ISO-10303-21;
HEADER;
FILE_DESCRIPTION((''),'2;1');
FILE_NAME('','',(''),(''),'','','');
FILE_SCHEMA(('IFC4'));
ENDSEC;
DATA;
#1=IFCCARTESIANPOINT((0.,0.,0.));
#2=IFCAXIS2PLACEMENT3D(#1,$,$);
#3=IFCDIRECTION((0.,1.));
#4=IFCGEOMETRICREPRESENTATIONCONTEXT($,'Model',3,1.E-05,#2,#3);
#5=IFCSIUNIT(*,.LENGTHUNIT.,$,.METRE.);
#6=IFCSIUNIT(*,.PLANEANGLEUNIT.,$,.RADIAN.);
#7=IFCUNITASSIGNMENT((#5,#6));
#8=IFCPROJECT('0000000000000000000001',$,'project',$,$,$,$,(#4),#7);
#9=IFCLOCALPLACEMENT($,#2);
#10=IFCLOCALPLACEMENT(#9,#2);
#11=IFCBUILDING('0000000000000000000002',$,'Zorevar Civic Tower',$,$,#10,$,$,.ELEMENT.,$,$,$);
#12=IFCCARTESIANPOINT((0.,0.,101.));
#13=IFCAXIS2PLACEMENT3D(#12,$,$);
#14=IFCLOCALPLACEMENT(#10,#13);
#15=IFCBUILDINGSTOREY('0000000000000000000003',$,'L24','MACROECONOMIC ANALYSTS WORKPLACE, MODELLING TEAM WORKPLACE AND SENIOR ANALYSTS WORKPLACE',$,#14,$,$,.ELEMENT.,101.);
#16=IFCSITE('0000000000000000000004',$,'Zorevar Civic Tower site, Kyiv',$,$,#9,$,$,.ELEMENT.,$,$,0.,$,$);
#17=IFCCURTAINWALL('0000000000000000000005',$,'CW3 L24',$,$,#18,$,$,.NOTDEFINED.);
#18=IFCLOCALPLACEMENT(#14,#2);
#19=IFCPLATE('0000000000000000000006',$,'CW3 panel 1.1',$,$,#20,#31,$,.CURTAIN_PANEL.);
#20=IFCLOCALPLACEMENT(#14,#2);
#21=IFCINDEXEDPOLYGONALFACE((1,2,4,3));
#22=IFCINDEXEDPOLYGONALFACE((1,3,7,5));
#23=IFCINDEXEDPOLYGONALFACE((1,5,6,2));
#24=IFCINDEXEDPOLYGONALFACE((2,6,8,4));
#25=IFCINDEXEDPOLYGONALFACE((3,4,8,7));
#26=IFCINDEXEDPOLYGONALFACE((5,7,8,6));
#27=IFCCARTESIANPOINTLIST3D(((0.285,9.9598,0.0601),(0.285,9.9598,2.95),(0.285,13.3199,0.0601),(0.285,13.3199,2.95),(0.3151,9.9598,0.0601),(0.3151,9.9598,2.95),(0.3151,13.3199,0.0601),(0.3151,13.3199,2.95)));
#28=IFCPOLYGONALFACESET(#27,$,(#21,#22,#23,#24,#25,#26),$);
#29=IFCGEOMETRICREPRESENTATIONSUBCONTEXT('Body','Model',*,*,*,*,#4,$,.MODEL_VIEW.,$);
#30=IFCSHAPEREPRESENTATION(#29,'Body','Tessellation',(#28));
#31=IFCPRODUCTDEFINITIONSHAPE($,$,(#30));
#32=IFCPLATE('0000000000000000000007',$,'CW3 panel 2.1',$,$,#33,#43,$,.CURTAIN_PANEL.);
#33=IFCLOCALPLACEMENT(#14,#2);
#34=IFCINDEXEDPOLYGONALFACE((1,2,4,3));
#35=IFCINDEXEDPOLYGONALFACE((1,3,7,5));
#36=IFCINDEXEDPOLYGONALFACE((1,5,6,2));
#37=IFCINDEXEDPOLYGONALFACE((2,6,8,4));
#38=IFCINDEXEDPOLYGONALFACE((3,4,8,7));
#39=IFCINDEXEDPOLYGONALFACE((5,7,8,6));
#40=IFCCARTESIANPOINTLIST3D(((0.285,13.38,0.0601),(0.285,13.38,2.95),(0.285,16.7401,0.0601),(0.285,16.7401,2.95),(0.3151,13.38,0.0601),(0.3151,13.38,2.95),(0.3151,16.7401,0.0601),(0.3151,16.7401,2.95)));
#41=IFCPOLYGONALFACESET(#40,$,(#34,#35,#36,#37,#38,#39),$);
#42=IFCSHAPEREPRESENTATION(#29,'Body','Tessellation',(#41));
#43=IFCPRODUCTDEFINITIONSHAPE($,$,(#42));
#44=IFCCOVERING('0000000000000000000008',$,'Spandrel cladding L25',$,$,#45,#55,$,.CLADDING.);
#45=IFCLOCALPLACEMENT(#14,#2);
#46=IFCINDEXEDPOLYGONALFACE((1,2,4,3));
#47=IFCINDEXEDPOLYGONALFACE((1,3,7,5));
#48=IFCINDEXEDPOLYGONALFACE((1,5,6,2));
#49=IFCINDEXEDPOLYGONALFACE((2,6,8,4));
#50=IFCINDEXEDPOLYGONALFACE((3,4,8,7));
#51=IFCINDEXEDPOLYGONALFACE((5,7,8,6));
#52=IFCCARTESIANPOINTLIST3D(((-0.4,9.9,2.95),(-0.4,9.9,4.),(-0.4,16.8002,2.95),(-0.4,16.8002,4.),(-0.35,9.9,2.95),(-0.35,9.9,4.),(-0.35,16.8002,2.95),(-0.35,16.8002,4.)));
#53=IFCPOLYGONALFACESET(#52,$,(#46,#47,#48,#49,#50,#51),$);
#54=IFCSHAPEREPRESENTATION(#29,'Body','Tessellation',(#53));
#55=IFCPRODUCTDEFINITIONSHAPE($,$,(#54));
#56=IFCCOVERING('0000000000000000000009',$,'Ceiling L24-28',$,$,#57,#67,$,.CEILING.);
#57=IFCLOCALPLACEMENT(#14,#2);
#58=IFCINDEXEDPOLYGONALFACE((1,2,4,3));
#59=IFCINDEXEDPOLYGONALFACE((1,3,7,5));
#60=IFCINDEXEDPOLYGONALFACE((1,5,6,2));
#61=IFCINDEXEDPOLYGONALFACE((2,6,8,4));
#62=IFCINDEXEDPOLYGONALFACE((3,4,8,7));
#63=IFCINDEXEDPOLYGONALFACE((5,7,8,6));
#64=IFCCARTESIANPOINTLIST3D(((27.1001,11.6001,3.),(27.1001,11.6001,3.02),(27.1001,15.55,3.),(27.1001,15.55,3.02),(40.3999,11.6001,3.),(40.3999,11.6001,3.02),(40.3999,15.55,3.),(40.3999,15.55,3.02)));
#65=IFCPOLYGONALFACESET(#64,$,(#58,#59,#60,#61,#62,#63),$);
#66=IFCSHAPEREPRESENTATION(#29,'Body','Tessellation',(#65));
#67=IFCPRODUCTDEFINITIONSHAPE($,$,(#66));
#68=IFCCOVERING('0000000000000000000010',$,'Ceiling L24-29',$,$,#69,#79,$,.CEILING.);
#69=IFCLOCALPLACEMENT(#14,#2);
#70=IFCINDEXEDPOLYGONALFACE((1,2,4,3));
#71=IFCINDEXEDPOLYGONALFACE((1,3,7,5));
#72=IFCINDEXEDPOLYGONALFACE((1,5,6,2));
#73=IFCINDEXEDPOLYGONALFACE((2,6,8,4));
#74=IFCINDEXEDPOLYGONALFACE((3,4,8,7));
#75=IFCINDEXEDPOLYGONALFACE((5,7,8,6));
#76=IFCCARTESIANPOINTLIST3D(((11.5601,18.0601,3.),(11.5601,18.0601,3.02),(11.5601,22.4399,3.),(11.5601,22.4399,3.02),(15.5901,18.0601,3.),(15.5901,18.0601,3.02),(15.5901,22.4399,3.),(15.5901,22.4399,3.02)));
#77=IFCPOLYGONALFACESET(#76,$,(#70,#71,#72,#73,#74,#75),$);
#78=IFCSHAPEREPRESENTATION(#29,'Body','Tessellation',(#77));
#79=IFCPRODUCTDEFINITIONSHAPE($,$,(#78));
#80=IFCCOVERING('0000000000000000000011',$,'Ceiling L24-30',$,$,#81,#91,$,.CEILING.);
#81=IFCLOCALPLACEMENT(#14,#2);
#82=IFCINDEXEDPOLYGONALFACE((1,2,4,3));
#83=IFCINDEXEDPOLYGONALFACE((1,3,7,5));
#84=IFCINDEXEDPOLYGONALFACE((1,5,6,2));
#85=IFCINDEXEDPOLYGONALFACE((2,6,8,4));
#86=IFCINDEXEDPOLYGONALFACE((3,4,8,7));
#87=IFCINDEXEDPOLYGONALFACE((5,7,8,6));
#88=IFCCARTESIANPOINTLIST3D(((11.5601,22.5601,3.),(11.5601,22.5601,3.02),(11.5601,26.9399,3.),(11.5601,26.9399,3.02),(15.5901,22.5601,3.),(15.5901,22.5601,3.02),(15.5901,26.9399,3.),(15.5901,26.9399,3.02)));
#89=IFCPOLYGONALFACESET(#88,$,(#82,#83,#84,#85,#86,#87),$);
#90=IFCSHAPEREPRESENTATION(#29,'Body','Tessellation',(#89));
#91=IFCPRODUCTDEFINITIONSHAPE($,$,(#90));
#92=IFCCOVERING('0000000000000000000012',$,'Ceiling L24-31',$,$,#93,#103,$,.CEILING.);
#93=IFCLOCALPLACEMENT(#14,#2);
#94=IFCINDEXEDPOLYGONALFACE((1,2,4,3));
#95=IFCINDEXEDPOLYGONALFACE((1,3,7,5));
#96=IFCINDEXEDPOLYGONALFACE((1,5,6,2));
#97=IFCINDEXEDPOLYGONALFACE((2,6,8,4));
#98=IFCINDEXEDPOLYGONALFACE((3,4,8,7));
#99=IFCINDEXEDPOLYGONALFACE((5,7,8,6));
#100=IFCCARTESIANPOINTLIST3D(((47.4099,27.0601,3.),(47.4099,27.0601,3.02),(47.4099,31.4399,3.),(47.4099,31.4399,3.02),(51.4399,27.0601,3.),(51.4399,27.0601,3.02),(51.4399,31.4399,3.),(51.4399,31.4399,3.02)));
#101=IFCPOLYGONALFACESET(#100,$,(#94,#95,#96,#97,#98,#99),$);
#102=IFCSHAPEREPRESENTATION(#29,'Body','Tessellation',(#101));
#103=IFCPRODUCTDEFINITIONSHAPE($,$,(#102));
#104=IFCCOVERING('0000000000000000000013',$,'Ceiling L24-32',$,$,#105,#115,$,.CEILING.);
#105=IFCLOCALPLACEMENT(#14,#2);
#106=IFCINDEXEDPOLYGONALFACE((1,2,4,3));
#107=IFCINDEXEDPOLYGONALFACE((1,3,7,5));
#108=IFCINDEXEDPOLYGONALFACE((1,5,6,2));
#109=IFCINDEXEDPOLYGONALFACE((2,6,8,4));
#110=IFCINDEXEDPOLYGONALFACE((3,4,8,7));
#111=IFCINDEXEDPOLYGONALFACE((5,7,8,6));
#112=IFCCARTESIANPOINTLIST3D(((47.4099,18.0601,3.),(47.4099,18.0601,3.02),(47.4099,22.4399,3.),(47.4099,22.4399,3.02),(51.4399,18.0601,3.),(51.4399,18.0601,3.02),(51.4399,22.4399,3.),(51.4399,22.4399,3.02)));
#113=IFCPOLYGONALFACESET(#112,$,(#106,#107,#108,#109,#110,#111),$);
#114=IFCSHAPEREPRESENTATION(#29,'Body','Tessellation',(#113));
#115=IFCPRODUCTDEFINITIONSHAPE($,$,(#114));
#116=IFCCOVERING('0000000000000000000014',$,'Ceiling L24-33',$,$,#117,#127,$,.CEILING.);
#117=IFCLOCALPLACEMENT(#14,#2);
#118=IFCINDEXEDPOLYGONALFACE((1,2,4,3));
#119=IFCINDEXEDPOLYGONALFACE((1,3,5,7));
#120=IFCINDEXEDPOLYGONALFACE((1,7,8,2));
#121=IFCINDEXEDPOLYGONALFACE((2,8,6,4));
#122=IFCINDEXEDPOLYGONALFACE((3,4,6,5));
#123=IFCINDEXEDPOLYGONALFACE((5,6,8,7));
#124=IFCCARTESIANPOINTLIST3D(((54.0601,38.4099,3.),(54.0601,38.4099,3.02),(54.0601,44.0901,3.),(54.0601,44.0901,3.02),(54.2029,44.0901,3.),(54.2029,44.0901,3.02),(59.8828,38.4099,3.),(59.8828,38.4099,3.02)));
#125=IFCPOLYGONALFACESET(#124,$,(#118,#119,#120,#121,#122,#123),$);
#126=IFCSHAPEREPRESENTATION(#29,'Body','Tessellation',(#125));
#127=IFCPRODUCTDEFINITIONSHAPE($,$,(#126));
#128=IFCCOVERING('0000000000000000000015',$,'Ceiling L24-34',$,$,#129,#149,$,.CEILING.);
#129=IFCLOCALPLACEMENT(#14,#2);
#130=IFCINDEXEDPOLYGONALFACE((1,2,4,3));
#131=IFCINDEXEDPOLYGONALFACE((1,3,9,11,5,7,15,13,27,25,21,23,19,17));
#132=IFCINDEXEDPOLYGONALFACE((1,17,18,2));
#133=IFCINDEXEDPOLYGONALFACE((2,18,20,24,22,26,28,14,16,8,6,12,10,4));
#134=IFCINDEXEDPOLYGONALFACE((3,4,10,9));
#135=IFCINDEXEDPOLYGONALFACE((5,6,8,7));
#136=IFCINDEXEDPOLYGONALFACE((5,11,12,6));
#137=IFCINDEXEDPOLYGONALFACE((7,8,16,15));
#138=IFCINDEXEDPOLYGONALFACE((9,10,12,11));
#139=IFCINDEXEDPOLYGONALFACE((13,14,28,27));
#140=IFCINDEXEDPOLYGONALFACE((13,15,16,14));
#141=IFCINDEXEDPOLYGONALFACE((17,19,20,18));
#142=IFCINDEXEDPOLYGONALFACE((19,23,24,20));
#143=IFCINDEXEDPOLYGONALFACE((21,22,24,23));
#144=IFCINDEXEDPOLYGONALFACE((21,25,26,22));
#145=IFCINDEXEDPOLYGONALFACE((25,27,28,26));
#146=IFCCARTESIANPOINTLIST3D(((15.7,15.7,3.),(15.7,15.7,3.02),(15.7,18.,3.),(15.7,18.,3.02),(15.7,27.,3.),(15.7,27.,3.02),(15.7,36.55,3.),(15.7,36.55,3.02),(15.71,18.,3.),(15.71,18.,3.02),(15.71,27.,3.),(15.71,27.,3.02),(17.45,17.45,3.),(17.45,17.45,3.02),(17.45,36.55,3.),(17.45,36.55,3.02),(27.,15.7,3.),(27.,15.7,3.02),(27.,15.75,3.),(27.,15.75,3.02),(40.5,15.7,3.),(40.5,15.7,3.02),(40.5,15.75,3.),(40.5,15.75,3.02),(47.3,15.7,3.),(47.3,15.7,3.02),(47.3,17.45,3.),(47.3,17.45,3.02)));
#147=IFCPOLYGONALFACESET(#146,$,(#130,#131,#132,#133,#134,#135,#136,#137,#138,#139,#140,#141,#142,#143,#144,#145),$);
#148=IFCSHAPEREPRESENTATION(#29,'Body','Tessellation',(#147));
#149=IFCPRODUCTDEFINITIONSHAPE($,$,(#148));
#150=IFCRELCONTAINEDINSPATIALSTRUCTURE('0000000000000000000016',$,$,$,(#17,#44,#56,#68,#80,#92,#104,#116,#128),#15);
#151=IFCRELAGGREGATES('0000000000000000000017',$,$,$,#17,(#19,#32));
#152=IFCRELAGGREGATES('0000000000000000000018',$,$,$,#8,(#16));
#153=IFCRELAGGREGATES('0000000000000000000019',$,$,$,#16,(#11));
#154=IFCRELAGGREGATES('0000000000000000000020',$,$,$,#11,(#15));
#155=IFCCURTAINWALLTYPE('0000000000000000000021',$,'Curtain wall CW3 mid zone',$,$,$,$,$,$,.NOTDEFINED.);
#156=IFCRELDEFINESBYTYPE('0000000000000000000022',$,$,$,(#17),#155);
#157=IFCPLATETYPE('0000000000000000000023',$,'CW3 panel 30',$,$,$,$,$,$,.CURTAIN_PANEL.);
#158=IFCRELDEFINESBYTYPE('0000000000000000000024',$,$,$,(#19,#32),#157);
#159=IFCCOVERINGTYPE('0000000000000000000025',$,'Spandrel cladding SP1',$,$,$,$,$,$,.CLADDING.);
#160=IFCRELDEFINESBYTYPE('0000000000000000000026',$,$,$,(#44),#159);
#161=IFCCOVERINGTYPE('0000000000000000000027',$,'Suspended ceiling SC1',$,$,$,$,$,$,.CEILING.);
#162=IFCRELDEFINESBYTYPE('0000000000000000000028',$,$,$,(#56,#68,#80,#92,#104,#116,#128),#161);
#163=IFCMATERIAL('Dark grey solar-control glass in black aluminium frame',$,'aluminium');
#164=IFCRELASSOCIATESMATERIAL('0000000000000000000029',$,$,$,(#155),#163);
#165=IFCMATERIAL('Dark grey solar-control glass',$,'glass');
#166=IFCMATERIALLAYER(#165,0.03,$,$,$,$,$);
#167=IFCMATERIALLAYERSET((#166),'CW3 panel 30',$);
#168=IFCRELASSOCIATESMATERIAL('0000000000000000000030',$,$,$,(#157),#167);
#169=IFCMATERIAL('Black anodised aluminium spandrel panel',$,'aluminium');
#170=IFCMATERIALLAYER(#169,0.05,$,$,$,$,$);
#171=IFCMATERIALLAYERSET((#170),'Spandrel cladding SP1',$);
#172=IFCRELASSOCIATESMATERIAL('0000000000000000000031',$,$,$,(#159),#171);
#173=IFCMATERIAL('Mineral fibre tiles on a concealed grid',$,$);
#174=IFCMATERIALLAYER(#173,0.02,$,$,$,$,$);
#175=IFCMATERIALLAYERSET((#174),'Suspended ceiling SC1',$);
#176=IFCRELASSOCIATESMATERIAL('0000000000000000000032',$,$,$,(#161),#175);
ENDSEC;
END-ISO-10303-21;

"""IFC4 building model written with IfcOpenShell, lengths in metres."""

from ifc_helpers import new_model, si_unit, direction, frame, frame_2d, origin, origin_2d, place, context, subcontext, project, spatial, polyline, rectangle, outline, extrude, material, layer, layer_set, type_object, element, aggregate, save


model = new_model("IFC4")

# Units and contexts
model_context = context("Model", 3, precision=1e-05, world=origin(), true_north=direction((0.0, 1.0)))
body_context = subcontext(model_context, "Body", "Model", "MODEL_VIEW")
ifc_project = project(units=[si_unit("LENGTHUNIT", "METRE"), si_unit("PLANEANGLEUNIT", "RADIAN")], contexts=[model_context])

# Site, building, storey
site_placement = place(None, origin())
site = spatial("IfcSite", under=ifc_project, at=site_placement, Name="Zorevar Civic Tower site, Kyiv", CompositionType="ELEMENT", RefElevation=0.0)
building_placement = place(site_placement, origin())
building = spatial("IfcBuilding", under=site, at=building_placement, Name="Zorevar Civic Tower", CompositionType="ELEMENT")
storey_placement = place(building_placement, frame((0.0, 0.0, 101.0)))
storey = spatial("IfcBuildingStorey", under=building, at=storey_placement, Name="L24", Description="MACROECONOMIC ANALYSTS WORKPLACE, MODELLING TEAM WORKPLACE AND SENIOR ANALYSTS WORKPLACE", CompositionType="ELEMENT", Elevation=101.0)

# Curtain wall
ifc_material_1 = material(Name="Dark grey solar-control glass in black aluminium frame", Category="aluminium")
curtain_wall_type = type_object("IfcCurtainWallType", Name="Curtain wall CW3 mid zone", PredefinedType="NOTDEFINED", material=ifc_material_1)
curtain_wall_1_placement = place(storey_placement, origin())
curtain_wall_1 = element("IfcCurtainWall", 1, at=curtain_wall_1_placement, inside=storey, type_object=curtain_wall_type, Name="CW3 L24", PredefinedType="NOTDEFINED")

# Plates
ifc_material_2 = material(Name="Dark grey solar-control glass", Category="glass")
ifc_layer_1 = layer(ifc_material_2, 0.03)
ifc_layer_set_1 = layer_set([ifc_layer_1], Name="CW3 panel 30")
plate_type = type_object("IfcPlateType", Name="CW3 panel 30", PredefinedType="CURTAIN_PANEL", material=ifc_layer_set_1)
plate_1_placement = place(storey_placement, frame((0.3, 11.6399, 0.0601), z_axis=(0.0, 0.0, 1.0), x_axis=(0.0, 1.0, 0.0)))
plate_1 = element("IfcPlate", 2, at=plate_1_placement, type_object=plate_type, Name="CW3 panel 1.1", PredefinedType="CURTAIN_PANEL", context=body_context, shape_type="SweptSolid", body=[
    extrude(rectangle(XDim=3.3601, YDim=0.03, at=origin_2d()), origin(), (0.0, 0.0, 1.0), 2.8899),
])
plate_2_placement = place(storey_placement, frame((0.3, 15.0601, 0.0601), z_axis=(0.0, 0.0, 1.0), x_axis=(0.0, 1.0, 0.0)))
plate_2 = element("IfcPlate", 3, at=plate_2_placement, type_object=plate_type, Name="CW3 panel 2.1", PredefinedType="CURTAIN_PANEL", context=body_context, shape_type="SweptSolid", body=[
    extrude(rectangle(XDim=3.3601, YDim=0.03, at=origin_2d()), origin(), (0.0, 0.0, 1.0), 2.8899),
])
aggregate(curtain_wall_1, [plate_1, plate_2])

# Coverings
ifc_material_3 = material(Name="Black anodised aluminium spandrel panel", Category="aluminium")
ifc_layer_2 = layer(ifc_material_3, 0.05)
ifc_layer_set_2 = layer_set([ifc_layer_2], Name="Spandrel cladding SP1")
covering_type_1 = type_object("IfcCoveringType", Name="Spandrel cladding SP1", PredefinedType="CLADDING", material=ifc_layer_set_2)
covering_1_placement = place(storey_placement, frame((-0.375, 9.8999, 2.95), z_axis=(0.0, 0.0, 1.0), x_axis=(0.0, 1.0, 0.0)))
element("IfcCovering", 4, at=covering_1_placement, inside=storey, type_object=covering_type_1, Name="Spandrel cladding L25", PredefinedType="CLADDING", context=body_context, shape_type="SweptSolid", body=[
    extrude(rectangle(XDim=6.9001, YDim=0.05, at=frame_2d((3.4502, 0.0))), origin(), (0.0, 0.0, 1.0), 1.05),
])
ifc_material_4 = material(Name="Mineral fibre tiles on a concealed grid")
ifc_layer_3 = layer(ifc_material_4, 0.02)
ifc_layer_set_3 = layer_set([ifc_layer_3], Name="Suspended ceiling SC1")
covering_type_2 = type_object("IfcCoveringType", Name="Suspended ceiling SC1", PredefinedType="CEILING", material=ifc_layer_set_3)
covering_2_placement = place(storey_placement, frame((0.0, 0.0, 3.0)))
element("IfcCovering", 5, at=covering_2_placement, inside=storey, type_object=covering_type_2, Name="Ceiling L24-28", PredefinedType="CEILING", context=body_context, shape_type="SweptSolid", body=[
    extrude(outline(polyline([(40.3999, 15.55), (40.3999, 11.6001), (27.1001, 11.6001), (27.1001, 15.55), (40.3999, 15.55)])), origin(), (0.0, 0.0, 1.0), 0.02),
])
covering_3_placement = place(storey_placement, frame((0.0, 0.0, 3.0)))
element("IfcCovering", 6, at=covering_3_placement, inside=storey, type_object=covering_type_2, Name="Ceiling L24-29", PredefinedType="CEILING", context=body_context, shape_type="SweptSolid", body=[
    extrude(outline(polyline([(15.5901, 22.4399), (15.5901, 18.0601), (11.5601, 18.0601), (11.5601, 22.4399), (15.5901, 22.4399)])), origin(), (0.0, 0.0, 1.0), 0.02),
])
covering_4_placement = place(storey_placement, frame((0.0, 0.0, 3.0)))
element("IfcCovering", 7, at=covering_4_placement, inside=storey, type_object=covering_type_2, Name="Ceiling L24-30", PredefinedType="CEILING", context=body_context, shape_type="SweptSolid", body=[
    extrude(outline(polyline([(11.5601, 26.9399), (15.5901, 26.9399), (15.5901, 22.5601), (11.5601, 22.5601), (11.5601, 26.9399)])), origin(), (0.0, 0.0, 1.0), 0.02),
])
covering_5_placement = place(storey_placement, frame((0.0, 0.0, 3.0)))
element("IfcCovering", 8, at=covering_5_placement, inside=storey, type_object=covering_type_2, Name="Ceiling L24-31", PredefinedType="CEILING", context=body_context, shape_type="SweptSolid", body=[
    extrude(outline(polyline([(51.4399, 31.4399), (51.4399, 27.0601), (47.4099, 27.0601), (47.4099, 31.4399), (51.4399, 31.4399)])), origin(), (0.0, 0.0, 1.0), 0.02),
])
covering_6_placement = place(storey_placement, frame((0.0, 0.0, 3.0)))
element("IfcCovering", 9, at=covering_6_placement, inside=storey, type_object=covering_type_2, Name="Ceiling L24-32", PredefinedType="CEILING", context=body_context, shape_type="SweptSolid", body=[
    extrude(outline(polyline([(51.4399, 18.0601), (47.4099, 18.0601), (47.4099, 22.4399), (51.4399, 22.4399), (51.4399, 18.0601)])), origin(), (0.0, 0.0, 1.0), 0.02),
])
covering_7_placement = place(storey_placement, frame((0.0, 0.0, 3.0)))
element("IfcCovering", 10, at=covering_7_placement, inside=storey, type_object=covering_type_2, Name="Ceiling L24-33", PredefinedType="CEILING", context=body_context, shape_type="SweptSolid", body=[
    extrude(outline(polyline([(54.0601, 38.4099), (54.0601, 44.0901), (54.2029, 44.0901), (59.8828, 38.4099), (54.0601, 38.4099)])), origin(), (0.0, 0.0, 1.0), 0.02),
])
covering_8_placement = place(storey_placement, frame((0.0, 0.0, 3.0)))
element("IfcCovering", 11, at=covering_8_placement, inside=storey, type_object=covering_type_2, Name="Ceiling L24-34", PredefinedType="CEILING", context=body_context, shape_type="SweptSolid", body=[
    extrude(outline(polyline([(47.3, 15.7), (40.5, 15.7), (40.5, 15.75), (27.0, 15.75), (27.0, 15.7), (15.7, 15.7), (15.7, 18.0), (15.71, 18.0), (15.71, 27.0), (15.7, 27.0), (15.7, 36.55), (17.45, 36.55), (17.45, 17.45), (47.3, 17.45), (47.3, 15.7)])), origin(), (0.0, 0.0, 1.0), 0.02),
])

save(model, "model.ifc")
